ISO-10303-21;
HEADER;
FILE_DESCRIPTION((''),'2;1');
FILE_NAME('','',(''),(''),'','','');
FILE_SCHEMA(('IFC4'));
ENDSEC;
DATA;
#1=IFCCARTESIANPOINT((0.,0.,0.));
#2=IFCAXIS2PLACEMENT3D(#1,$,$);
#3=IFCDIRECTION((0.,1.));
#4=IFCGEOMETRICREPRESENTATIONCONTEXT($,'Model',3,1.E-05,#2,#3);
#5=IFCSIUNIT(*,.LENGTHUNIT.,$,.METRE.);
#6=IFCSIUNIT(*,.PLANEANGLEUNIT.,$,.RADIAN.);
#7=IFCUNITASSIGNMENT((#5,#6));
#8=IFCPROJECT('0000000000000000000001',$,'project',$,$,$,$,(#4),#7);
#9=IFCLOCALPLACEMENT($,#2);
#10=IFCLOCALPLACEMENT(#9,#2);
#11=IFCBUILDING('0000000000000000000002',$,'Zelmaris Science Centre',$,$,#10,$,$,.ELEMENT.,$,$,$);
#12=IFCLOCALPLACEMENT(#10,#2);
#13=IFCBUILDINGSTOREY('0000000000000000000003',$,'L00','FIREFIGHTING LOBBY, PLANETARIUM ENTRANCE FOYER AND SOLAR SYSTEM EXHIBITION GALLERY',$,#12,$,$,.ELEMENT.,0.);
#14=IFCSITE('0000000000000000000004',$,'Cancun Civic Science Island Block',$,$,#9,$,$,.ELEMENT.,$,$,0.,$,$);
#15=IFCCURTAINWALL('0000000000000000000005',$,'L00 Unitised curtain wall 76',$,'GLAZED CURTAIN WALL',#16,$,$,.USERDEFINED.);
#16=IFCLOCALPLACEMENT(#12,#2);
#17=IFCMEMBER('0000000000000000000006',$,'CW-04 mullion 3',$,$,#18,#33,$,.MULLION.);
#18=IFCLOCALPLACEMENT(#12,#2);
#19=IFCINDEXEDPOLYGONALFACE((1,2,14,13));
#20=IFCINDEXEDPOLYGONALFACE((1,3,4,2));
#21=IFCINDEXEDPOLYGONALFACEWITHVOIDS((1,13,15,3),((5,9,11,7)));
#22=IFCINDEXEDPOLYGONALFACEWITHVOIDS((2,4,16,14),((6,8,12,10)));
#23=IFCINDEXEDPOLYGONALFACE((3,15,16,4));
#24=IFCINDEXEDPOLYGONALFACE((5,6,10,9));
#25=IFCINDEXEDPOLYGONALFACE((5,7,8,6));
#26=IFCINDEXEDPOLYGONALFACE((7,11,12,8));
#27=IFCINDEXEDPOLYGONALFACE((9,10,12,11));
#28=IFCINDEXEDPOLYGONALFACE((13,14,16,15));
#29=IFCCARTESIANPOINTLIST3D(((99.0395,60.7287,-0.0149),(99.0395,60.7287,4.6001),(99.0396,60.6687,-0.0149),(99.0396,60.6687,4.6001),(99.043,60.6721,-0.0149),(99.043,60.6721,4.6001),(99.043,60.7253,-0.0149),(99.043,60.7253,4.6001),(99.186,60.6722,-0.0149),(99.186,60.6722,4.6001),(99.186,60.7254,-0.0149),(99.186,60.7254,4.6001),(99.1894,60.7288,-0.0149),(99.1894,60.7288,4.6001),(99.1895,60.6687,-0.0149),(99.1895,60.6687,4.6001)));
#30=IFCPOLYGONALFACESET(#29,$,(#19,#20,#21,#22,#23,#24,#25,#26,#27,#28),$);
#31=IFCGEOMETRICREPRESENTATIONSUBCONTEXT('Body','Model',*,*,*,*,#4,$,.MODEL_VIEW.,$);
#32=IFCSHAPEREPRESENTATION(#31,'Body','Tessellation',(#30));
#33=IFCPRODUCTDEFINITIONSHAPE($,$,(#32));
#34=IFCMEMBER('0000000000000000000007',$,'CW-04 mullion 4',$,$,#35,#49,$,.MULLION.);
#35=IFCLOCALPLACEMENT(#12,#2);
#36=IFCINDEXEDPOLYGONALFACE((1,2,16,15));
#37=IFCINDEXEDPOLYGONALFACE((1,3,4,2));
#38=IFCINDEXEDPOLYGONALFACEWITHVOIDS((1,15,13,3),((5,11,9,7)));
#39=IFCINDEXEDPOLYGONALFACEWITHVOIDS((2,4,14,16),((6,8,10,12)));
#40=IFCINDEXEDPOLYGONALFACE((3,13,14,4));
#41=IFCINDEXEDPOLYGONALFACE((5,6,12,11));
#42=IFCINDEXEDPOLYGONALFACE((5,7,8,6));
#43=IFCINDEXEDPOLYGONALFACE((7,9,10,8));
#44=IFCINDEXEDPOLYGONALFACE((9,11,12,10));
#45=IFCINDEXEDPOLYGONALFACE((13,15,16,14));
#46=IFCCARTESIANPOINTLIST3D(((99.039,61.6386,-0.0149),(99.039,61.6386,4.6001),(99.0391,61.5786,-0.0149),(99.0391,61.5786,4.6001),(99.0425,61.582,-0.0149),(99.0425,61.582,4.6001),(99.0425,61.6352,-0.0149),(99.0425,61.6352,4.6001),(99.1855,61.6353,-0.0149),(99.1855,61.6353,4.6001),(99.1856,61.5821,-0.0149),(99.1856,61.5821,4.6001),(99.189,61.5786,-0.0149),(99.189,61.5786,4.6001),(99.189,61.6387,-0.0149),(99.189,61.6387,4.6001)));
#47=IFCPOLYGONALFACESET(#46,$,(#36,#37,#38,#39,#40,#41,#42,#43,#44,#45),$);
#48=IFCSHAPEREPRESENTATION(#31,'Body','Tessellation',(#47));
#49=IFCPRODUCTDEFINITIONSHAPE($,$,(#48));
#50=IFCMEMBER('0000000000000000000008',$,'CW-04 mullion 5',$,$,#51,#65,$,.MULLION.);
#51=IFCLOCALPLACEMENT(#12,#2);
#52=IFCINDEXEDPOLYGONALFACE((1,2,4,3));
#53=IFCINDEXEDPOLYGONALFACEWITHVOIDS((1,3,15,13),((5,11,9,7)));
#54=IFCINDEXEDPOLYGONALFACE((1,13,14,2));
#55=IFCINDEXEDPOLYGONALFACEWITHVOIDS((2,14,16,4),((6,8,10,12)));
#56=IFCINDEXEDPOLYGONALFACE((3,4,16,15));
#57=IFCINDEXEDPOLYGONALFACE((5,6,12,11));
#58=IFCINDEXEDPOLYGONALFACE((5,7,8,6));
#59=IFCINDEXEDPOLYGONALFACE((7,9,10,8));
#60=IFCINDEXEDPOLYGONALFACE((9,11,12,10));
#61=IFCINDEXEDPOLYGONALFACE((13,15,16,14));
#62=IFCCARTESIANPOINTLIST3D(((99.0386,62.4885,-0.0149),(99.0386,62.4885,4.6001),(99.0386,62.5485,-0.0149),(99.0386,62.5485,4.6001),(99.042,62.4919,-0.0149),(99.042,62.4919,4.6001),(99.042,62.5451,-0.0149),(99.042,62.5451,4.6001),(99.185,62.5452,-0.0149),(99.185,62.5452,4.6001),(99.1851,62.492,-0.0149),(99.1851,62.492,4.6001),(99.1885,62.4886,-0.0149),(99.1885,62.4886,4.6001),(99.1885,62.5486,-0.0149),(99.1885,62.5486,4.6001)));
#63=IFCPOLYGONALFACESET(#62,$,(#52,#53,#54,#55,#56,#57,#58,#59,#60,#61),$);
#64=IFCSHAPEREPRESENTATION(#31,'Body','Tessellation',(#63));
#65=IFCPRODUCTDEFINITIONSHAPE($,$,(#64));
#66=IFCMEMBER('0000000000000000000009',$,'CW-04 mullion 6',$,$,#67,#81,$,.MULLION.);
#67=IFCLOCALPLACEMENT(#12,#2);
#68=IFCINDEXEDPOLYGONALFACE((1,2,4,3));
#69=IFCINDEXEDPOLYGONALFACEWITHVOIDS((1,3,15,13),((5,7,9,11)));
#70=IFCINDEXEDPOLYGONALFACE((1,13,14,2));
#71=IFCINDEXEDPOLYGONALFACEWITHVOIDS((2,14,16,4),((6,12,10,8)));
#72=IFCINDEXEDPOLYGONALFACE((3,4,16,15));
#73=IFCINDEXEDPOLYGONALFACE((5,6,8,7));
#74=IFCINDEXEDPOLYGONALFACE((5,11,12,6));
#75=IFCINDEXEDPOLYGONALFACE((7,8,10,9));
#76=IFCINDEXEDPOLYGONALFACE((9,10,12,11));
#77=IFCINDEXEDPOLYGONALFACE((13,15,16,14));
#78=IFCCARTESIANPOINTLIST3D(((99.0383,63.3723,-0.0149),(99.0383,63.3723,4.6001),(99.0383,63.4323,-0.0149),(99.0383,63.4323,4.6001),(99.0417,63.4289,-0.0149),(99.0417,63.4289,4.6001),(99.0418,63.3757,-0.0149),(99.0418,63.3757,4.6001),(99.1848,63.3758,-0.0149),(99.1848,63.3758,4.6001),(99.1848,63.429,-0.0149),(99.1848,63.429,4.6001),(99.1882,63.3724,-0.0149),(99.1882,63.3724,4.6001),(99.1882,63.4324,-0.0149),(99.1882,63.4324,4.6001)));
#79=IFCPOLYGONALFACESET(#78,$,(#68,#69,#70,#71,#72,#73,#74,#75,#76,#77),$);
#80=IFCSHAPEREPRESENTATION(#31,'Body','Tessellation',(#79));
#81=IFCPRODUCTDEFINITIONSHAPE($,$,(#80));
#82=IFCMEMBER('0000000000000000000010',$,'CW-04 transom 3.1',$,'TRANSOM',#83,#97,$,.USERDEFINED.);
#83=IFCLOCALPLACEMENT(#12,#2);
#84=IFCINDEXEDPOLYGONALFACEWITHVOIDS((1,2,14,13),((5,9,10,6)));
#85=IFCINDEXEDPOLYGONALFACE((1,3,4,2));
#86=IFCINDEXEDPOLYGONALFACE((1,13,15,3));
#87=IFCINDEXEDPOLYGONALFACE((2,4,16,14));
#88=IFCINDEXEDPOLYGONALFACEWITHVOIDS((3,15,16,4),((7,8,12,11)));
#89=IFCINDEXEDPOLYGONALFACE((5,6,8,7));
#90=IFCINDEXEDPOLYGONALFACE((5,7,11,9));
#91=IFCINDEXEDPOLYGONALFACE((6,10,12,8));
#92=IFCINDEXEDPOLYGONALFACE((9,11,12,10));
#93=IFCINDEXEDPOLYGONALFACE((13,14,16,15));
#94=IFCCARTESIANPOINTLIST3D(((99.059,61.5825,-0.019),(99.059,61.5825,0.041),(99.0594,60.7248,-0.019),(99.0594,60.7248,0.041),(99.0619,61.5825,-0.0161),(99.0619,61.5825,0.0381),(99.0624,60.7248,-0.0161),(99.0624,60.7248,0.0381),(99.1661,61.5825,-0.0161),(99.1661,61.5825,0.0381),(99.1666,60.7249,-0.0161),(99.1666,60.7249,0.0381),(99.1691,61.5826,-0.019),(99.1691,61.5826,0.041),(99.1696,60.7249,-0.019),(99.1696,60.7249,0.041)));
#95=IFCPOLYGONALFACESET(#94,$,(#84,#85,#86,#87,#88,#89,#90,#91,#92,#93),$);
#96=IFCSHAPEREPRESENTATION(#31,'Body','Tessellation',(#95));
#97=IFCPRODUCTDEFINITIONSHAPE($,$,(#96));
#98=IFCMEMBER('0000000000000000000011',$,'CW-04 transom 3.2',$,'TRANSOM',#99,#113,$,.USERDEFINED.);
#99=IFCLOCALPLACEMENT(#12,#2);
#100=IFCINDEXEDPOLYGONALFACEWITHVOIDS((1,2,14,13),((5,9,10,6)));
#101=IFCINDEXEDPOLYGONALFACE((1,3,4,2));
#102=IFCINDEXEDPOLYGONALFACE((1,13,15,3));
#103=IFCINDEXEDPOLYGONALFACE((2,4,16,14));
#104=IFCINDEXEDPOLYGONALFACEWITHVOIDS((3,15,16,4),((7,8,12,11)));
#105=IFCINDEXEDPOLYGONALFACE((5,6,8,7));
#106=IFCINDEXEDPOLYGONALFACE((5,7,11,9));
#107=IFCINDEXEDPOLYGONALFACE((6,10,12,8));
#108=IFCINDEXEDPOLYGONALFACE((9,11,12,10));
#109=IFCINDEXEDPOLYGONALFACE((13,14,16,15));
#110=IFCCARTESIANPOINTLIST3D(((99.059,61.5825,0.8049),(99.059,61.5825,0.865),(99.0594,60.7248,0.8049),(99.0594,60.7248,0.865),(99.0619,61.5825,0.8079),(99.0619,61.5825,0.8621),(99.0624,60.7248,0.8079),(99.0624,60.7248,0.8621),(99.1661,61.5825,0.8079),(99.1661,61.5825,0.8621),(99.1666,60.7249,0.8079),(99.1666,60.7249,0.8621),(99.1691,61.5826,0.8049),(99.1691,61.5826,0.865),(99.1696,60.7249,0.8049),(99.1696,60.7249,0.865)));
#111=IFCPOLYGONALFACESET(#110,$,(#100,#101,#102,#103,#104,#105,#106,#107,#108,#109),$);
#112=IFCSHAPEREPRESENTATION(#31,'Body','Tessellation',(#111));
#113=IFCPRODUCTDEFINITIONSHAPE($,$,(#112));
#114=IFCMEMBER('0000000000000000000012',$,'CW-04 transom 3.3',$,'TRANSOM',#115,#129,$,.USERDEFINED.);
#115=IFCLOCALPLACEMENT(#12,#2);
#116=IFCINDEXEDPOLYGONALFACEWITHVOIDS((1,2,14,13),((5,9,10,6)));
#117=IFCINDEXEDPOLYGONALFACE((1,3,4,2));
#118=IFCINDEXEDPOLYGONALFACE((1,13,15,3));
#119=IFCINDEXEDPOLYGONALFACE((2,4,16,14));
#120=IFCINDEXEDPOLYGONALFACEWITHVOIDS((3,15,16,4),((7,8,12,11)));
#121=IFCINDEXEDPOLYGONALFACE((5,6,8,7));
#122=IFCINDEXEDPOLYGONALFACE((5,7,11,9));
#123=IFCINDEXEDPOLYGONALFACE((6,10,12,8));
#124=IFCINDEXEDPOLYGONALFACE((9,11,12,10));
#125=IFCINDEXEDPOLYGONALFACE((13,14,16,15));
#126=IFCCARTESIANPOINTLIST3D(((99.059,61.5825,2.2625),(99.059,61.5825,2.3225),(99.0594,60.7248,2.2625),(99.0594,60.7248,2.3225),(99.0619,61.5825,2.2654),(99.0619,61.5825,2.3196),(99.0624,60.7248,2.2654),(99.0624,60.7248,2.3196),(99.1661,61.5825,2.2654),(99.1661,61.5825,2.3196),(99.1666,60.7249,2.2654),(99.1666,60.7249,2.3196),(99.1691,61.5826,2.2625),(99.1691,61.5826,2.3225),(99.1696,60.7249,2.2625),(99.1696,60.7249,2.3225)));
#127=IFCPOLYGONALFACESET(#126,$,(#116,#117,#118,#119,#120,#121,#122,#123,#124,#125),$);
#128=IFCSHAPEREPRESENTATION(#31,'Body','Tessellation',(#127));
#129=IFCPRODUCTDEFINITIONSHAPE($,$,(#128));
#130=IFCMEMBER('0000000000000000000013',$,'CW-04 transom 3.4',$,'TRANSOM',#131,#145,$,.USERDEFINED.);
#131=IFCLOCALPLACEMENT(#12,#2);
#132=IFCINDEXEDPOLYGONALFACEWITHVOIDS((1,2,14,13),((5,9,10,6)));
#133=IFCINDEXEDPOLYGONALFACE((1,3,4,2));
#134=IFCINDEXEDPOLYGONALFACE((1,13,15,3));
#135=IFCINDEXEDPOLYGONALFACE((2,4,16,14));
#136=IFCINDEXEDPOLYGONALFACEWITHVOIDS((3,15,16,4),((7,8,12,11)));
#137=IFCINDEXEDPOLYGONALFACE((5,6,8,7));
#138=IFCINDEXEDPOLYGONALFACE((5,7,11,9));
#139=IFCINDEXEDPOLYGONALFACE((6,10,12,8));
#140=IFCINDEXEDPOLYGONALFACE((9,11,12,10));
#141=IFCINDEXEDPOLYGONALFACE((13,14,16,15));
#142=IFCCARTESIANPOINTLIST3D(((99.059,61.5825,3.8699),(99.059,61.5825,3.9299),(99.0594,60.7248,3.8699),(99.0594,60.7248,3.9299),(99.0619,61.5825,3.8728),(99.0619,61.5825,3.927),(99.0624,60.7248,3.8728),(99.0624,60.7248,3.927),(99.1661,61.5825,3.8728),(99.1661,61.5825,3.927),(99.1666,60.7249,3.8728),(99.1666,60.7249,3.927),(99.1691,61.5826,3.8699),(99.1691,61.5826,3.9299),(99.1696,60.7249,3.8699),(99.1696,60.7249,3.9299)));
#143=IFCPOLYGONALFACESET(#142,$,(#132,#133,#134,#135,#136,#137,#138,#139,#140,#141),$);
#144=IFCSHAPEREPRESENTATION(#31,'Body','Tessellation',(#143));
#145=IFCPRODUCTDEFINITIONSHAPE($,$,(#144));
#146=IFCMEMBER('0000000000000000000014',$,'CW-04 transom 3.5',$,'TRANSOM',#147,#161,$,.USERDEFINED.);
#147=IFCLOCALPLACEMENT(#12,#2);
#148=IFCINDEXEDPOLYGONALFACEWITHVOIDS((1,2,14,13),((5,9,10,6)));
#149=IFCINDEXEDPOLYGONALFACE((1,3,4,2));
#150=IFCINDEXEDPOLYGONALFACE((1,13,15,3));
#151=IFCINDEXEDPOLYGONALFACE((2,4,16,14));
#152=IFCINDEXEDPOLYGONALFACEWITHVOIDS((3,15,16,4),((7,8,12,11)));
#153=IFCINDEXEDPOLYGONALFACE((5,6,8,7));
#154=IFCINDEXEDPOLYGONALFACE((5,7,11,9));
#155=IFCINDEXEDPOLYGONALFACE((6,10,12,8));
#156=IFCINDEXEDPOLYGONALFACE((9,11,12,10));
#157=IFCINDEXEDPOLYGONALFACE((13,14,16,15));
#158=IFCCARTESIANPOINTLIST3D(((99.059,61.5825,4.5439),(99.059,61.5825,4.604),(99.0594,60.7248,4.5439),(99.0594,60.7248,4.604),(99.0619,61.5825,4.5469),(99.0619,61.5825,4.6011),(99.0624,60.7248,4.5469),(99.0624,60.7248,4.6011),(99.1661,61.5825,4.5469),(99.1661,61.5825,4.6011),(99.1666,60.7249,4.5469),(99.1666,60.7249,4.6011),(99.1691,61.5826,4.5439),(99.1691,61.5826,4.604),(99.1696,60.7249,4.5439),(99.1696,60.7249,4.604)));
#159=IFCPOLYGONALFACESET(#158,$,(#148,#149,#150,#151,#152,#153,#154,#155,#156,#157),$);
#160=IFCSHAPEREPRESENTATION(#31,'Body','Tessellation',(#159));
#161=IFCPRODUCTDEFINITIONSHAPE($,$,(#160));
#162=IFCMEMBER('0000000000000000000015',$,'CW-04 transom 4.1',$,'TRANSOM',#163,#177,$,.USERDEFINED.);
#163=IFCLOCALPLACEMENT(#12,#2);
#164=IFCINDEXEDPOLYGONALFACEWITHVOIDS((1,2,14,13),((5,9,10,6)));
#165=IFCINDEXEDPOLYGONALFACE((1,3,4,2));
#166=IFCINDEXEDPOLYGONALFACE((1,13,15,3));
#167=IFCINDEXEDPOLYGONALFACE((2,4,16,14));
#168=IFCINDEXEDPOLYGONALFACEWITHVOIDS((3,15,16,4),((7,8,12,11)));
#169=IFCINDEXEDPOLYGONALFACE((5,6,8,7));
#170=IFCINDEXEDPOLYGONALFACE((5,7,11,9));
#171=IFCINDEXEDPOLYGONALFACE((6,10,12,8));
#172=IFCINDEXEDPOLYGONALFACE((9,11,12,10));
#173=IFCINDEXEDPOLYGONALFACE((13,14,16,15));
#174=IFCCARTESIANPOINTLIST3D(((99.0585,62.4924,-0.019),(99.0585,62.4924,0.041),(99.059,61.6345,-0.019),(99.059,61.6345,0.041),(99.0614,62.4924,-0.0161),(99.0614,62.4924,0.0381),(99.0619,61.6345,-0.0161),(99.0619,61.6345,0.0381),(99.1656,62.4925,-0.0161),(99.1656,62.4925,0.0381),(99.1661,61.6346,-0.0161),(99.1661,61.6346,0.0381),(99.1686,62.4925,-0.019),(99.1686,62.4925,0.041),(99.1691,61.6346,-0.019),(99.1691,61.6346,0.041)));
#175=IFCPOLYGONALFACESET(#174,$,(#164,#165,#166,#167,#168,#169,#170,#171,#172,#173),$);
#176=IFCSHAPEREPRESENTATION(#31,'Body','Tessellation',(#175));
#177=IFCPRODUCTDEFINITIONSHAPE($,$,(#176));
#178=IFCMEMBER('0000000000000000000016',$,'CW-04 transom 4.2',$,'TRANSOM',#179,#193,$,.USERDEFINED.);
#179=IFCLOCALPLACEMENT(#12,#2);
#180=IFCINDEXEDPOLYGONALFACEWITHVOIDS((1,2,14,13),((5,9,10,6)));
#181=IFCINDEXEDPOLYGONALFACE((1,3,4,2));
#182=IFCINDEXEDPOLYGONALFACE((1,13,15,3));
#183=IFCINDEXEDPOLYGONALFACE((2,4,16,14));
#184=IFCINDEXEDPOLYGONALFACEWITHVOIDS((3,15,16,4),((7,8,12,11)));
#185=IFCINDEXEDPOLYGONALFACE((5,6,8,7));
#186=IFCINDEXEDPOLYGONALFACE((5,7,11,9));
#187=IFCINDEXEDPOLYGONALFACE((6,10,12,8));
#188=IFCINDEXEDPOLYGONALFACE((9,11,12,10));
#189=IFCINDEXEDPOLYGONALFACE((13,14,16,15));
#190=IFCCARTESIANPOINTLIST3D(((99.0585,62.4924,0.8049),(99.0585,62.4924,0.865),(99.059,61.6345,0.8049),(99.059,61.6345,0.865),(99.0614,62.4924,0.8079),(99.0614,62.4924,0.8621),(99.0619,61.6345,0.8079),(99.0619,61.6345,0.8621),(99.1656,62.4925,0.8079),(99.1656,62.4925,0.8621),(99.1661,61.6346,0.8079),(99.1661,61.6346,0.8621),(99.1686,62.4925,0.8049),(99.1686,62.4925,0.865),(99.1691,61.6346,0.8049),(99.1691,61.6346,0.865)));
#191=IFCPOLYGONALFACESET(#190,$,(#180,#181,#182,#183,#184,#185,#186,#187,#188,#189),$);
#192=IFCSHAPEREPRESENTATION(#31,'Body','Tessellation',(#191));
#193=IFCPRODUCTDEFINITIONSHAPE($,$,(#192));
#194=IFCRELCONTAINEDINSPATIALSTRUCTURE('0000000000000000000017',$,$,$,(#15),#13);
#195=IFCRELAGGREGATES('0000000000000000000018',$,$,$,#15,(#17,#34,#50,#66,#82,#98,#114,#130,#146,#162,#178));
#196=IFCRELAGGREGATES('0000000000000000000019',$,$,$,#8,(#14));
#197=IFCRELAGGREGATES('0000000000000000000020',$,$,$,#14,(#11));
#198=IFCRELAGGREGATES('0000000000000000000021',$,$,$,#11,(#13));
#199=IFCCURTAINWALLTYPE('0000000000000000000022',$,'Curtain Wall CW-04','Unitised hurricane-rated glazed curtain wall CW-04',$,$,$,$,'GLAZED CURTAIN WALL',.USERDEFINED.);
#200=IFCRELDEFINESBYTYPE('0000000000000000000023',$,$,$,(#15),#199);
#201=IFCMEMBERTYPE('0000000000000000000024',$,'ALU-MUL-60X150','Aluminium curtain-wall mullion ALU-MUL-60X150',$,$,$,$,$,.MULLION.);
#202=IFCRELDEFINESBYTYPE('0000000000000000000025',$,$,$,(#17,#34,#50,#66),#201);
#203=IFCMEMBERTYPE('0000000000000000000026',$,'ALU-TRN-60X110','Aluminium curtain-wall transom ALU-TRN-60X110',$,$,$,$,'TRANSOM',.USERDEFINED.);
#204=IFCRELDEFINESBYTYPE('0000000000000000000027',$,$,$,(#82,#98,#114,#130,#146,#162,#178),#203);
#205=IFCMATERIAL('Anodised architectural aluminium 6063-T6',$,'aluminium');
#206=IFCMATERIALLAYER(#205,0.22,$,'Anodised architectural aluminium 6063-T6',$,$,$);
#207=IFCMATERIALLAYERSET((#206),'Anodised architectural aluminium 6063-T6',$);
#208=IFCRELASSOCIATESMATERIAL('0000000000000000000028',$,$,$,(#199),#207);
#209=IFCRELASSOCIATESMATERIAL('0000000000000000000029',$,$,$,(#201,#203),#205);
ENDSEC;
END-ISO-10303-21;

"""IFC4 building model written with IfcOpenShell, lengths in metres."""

from ifc_helpers import new_model, si_unit, direction, frame, origin, origin_2d, place, context, subcontext, project, spatial, hollow_rectangle, extrude, material, layer, layer_set, material_profile, profile_set, type_object, element, aggregate, save


model = new_model("IFC4")

# Units and contexts
model_context = context("Model", 3, precision=1e-05, world=origin(), true_north=direction((0.0, 1.0)))
body_context = subcontext(model_context, "Body", "Model", "MODEL_VIEW")
ifc_project = project(units=[si_unit("LENGTHUNIT", "METRE"), si_unit("PLANEANGLEUNIT", "RADIAN")], contexts=[model_context])

# Site, building, storey
site_placement = place(None, origin())
site = spatial("IfcSite", under=ifc_project, at=site_placement, Name="Cancun Civic Science Island Block", CompositionType="ELEMENT", RefElevation=0.0)
building_placement = place(site_placement, origin())
building = spatial("IfcBuilding", under=site, at=building_placement, Name="Zelmaris Science Centre", CompositionType="ELEMENT")
storey_placement = place(building_placement, origin())
storey = spatial("IfcBuildingStorey", under=building, at=storey_placement, Name="L00", Description="FIREFIGHTING LOBBY, PLANETARIUM ENTRANCE FOYER AND SOLAR SYSTEM EXHIBITION GALLERY", CompositionType="ELEMENT", Elevation=0.0)

# Curtain wall, members
ifc_material_1 = material(Name="Anodised architectural aluminium 6063-T6", Category="aluminium")
ifc_layer_1 = layer(ifc_material_1, 0.22, Name="Anodised architectural aluminium 6063-T6")
ifc_layer_set_1 = layer_set([ifc_layer_1], Name="Anodised architectural aluminium 6063-T6")
curtain_wall_type = type_object("IfcCurtainWallType", Name="Curtain Wall CW-04", Description="Unitised hurricane-rated glazed curtain wall CW-04", ElementType="GLAZED CURTAIN WALL", PredefinedType="USERDEFINED", material=ifc_layer_set_1)
curtain_wall_placement = place(storey_placement, origin())
curtain_wall = element("IfcCurtainWall", 1, at=curtain_wall_placement, inside=storey, type_object=curtain_wall_type, Name="L00 Unitised curtain wall 76", ObjectType="GLAZED CURTAIN WALL", PredefinedType="USERDEFINED")
ifc_material_profile_1 = material_profile(ifc_material_1, hollow_rectangle(XDim=0.0601, YDim=0.1499, WallThickness=0.0034, at=origin_2d()), Name="ALU-MUL-60X150")
ifc_profile_set_1 = profile_set([ifc_material_profile_1], Name="Anodised architectural aluminium 6063-T6")
member_type_1 = type_object("IfcMemberType", Name="ALU-MUL-60X150", Description="Aluminium curtain-wall mullion ALU-MUL-60X150", PredefinedType="MULLION", material=ifc_profile_set_1)
member_1_placement = place(storey_placement, frame((99.1145, 60.6987, -0.0149), z_axis=(0.0, 0.0, 1.0), x_axis=(-0.000478, 1.0, 0.0)))
member_1 = element("IfcMember", 2, at=member_1_placement, type_object=member_type_1, Name="CW-04 mullion 3", PredefinedType="MULLION", context=body_context, shape_type="SweptSolid", body=[
    extrude(hollow_rectangle(XDim=0.0601, YDim=0.1499, WallThickness=0.0034, at=origin_2d()), origin(), (0.0, 0.0, 1.0), 4.615),
])
member_2_placement = place(storey_placement, frame((99.114, 61.6086, -0.0149), z_axis=(0.0, 0.0, 1.0), x_axis=(-0.000478, 1.0, 0.0)))
member_2 = element("IfcMember", 3, at=member_2_placement, type_object=member_type_1, Name="CW-04 mullion 4", PredefinedType="MULLION", context=body_context, shape_type="SweptSolid", body=[
    extrude(hollow_rectangle(XDim=0.0601, YDim=0.1499, WallThickness=0.0034, at=origin_2d()), origin(), (0.0, 0.0, 1.0), 4.615),
])
member_3_placement = place(storey_placement, frame((99.1135, 62.5186, -0.0149), z_axis=(0.0, 0.0, 1.0), x_axis=(-0.000478, 1.0, 0.0)))
member_3 = element("IfcMember", 4, at=member_3_placement, type_object=member_type_1, Name="CW-04 mullion 5", PredefinedType="MULLION", context=body_context, shape_type="SweptSolid", body=[
    extrude(hollow_rectangle(XDim=0.0601, YDim=0.1499, WallThickness=0.0034, at=origin_2d()), origin(), (0.0, 0.0, 1.0), 4.615),
])
member_4_placement = place(storey_placement, frame((99.1133, 63.4023, -0.0149), z_axis=(0.0, 0.0, 1.0), x_axis=(-0.000478, 1.0, 0.0)))
member_4 = element("IfcMember", 5, at=member_4_placement, type_object=member_type_1, Name="CW-04 mullion 6", PredefinedType="MULLION", context=body_context, shape_type="SweptSolid", body=[
    extrude(hollow_rectangle(XDim=0.0601, YDim=0.1499, WallThickness=0.0034, at=origin_2d()), origin(), (0.0, 0.0, 1.0), 4.615),
])
ifc_material_profile_2 = material_profile(ifc_material_1, hollow_rectangle(XDim=0.0601, YDim=0.1101, WallThickness=0.0029, at=origin_2d()), Name="ALU-TRN-60X110")
ifc_profile_set_2 = profile_set([ifc_material_profile_2], Name="Anodised architectural aluminium 6063-T6")
member_type_2 = type_object("IfcMemberType", Name="ALU-TRN-60X110", Description="Aluminium curtain-wall transom ALU-TRN-60X110", ElementType="TRANSOM", PredefinedType="USERDEFINED", material=ifc_profile_set_2)
member_5_placement = place(storey_placement, frame((99.1145, 60.7249, 0.011), z_axis=(-0.000569, 1.0, 0.0), x_axis=(0.0, 0.0, 1.0)))
member_5 = element("IfcMember", 6, at=member_5_placement, type_object=member_type_2, Name="CW-04 transom 3.1", ObjectType="TRANSOM", PredefinedType="USERDEFINED", context=body_context, shape_type="SweptSolid", body=[
    extrude(hollow_rectangle(XDim=0.0601, YDim=0.1101, WallThickness=0.0029, at=origin_2d()), origin(), (0.0, 0.0, 1.0), 0.8577),
])
member_6_placement = place(storey_placement, frame((99.1145, 60.7249, 0.835), z_axis=(-0.000569, 1.0, 0.0), x_axis=(0.0, 0.0, 1.0)))
member_6 = element("IfcMember", 7, at=member_6_placement, type_object=member_type_2, Name="CW-04 transom 3.2", ObjectType="TRANSOM", PredefinedType="USERDEFINED", context=body_context, shape_type="SweptSolid", body=[
    extrude(hollow_rectangle(XDim=0.0601, YDim=0.1101, WallThickness=0.0029, at=origin_2d()), origin(), (0.0, 0.0, 1.0), 0.8577),
])
member_7_placement = place(storey_placement, frame((99.1145, 60.7249, 2.2925), z_axis=(-0.000569, 1.0, 0.0), x_axis=(0.0, 0.0, 1.0)))
member_7 = element("IfcMember", 8, at=member_7_placement, type_object=member_type_2, Name="CW-04 transom 3.3", ObjectType="TRANSOM", PredefinedType="USERDEFINED", context=body_context, shape_type="SweptSolid", body=[
    extrude(hollow_rectangle(XDim=0.0601, YDim=0.1101, WallThickness=0.0029, at=origin_2d()), origin(), (0.0, 0.0, 1.0), 0.8577),
])
member_8_placement = place(storey_placement, frame((99.1145, 60.7249, 3.8999), z_axis=(-0.000569, 1.0, 0.0), x_axis=(0.0, 0.0, 1.0)))
member_8 = element("IfcMember", 9, at=member_8_placement, type_object=member_type_2, Name="CW-04 transom 3.4", ObjectType="TRANSOM", PredefinedType="USERDEFINED", context=body_context, shape_type="SweptSolid", body=[
    extrude(hollow_rectangle(XDim=0.0601, YDim=0.1101, WallThickness=0.0029, at=origin_2d()), origin(), (0.0, 0.0, 1.0), 0.8577),
])
member_9_placement = place(storey_placement, frame((99.1145, 60.7249, 4.574), z_axis=(-0.000569, 1.0, 0.0), x_axis=(0.0, 0.0, 1.0)))
member_9 = element("IfcMember", 10, at=member_9_placement, type_object=member_type_2, Name="CW-04 transom 3.5", ObjectType="TRANSOM", PredefinedType="USERDEFINED", context=body_context, shape_type="SweptSolid", body=[
    extrude(hollow_rectangle(XDim=0.0601, YDim=0.1101, WallThickness=0.0029, at=origin_2d()), origin(), (0.0, 0.0, 1.0), 0.8577),
])
member_10_placement = place(storey_placement, frame((99.114, 61.6345, 0.011), z_axis=(-0.000569, 1.0, 0.0), x_axis=(0.0, 0.0, 1.0)))
member_10 = element("IfcMember", 11, at=member_10_placement, type_object=member_type_2, Name="CW-04 transom 4.1", ObjectType="TRANSOM", PredefinedType="USERDEFINED", context=body_context, shape_type="SweptSolid", body=[
    extrude(hollow_rectangle(XDim=0.0601, YDim=0.1101, WallThickness=0.0029, at=origin_2d()), origin(), (0.0, 0.0, 1.0), 0.8579),
])
member_11_placement = place(storey_placement, frame((99.114, 61.6345, 0.835), z_axis=(-0.000569, 1.0, 0.0), x_axis=(0.0, 0.0, 1.0)))
member_11 = element("IfcMember", 12, at=member_11_placement, type_object=member_type_2, Name="CW-04 transom 4.2", ObjectType="TRANSOM", PredefinedType="USERDEFINED", context=body_context, shape_type="SweptSolid", body=[
    extrude(hollow_rectangle(XDim=0.0601, YDim=0.1101, WallThickness=0.0029, at=origin_2d()), origin(), (0.0, 0.0, 1.0), 0.8579),
])

aggregate(curtain_wall, [member_1, member_2, member_3, member_4, member_5, member_6, member_7, member_8, member_9, member_10, member_11])

save(model, "model.ifc")
